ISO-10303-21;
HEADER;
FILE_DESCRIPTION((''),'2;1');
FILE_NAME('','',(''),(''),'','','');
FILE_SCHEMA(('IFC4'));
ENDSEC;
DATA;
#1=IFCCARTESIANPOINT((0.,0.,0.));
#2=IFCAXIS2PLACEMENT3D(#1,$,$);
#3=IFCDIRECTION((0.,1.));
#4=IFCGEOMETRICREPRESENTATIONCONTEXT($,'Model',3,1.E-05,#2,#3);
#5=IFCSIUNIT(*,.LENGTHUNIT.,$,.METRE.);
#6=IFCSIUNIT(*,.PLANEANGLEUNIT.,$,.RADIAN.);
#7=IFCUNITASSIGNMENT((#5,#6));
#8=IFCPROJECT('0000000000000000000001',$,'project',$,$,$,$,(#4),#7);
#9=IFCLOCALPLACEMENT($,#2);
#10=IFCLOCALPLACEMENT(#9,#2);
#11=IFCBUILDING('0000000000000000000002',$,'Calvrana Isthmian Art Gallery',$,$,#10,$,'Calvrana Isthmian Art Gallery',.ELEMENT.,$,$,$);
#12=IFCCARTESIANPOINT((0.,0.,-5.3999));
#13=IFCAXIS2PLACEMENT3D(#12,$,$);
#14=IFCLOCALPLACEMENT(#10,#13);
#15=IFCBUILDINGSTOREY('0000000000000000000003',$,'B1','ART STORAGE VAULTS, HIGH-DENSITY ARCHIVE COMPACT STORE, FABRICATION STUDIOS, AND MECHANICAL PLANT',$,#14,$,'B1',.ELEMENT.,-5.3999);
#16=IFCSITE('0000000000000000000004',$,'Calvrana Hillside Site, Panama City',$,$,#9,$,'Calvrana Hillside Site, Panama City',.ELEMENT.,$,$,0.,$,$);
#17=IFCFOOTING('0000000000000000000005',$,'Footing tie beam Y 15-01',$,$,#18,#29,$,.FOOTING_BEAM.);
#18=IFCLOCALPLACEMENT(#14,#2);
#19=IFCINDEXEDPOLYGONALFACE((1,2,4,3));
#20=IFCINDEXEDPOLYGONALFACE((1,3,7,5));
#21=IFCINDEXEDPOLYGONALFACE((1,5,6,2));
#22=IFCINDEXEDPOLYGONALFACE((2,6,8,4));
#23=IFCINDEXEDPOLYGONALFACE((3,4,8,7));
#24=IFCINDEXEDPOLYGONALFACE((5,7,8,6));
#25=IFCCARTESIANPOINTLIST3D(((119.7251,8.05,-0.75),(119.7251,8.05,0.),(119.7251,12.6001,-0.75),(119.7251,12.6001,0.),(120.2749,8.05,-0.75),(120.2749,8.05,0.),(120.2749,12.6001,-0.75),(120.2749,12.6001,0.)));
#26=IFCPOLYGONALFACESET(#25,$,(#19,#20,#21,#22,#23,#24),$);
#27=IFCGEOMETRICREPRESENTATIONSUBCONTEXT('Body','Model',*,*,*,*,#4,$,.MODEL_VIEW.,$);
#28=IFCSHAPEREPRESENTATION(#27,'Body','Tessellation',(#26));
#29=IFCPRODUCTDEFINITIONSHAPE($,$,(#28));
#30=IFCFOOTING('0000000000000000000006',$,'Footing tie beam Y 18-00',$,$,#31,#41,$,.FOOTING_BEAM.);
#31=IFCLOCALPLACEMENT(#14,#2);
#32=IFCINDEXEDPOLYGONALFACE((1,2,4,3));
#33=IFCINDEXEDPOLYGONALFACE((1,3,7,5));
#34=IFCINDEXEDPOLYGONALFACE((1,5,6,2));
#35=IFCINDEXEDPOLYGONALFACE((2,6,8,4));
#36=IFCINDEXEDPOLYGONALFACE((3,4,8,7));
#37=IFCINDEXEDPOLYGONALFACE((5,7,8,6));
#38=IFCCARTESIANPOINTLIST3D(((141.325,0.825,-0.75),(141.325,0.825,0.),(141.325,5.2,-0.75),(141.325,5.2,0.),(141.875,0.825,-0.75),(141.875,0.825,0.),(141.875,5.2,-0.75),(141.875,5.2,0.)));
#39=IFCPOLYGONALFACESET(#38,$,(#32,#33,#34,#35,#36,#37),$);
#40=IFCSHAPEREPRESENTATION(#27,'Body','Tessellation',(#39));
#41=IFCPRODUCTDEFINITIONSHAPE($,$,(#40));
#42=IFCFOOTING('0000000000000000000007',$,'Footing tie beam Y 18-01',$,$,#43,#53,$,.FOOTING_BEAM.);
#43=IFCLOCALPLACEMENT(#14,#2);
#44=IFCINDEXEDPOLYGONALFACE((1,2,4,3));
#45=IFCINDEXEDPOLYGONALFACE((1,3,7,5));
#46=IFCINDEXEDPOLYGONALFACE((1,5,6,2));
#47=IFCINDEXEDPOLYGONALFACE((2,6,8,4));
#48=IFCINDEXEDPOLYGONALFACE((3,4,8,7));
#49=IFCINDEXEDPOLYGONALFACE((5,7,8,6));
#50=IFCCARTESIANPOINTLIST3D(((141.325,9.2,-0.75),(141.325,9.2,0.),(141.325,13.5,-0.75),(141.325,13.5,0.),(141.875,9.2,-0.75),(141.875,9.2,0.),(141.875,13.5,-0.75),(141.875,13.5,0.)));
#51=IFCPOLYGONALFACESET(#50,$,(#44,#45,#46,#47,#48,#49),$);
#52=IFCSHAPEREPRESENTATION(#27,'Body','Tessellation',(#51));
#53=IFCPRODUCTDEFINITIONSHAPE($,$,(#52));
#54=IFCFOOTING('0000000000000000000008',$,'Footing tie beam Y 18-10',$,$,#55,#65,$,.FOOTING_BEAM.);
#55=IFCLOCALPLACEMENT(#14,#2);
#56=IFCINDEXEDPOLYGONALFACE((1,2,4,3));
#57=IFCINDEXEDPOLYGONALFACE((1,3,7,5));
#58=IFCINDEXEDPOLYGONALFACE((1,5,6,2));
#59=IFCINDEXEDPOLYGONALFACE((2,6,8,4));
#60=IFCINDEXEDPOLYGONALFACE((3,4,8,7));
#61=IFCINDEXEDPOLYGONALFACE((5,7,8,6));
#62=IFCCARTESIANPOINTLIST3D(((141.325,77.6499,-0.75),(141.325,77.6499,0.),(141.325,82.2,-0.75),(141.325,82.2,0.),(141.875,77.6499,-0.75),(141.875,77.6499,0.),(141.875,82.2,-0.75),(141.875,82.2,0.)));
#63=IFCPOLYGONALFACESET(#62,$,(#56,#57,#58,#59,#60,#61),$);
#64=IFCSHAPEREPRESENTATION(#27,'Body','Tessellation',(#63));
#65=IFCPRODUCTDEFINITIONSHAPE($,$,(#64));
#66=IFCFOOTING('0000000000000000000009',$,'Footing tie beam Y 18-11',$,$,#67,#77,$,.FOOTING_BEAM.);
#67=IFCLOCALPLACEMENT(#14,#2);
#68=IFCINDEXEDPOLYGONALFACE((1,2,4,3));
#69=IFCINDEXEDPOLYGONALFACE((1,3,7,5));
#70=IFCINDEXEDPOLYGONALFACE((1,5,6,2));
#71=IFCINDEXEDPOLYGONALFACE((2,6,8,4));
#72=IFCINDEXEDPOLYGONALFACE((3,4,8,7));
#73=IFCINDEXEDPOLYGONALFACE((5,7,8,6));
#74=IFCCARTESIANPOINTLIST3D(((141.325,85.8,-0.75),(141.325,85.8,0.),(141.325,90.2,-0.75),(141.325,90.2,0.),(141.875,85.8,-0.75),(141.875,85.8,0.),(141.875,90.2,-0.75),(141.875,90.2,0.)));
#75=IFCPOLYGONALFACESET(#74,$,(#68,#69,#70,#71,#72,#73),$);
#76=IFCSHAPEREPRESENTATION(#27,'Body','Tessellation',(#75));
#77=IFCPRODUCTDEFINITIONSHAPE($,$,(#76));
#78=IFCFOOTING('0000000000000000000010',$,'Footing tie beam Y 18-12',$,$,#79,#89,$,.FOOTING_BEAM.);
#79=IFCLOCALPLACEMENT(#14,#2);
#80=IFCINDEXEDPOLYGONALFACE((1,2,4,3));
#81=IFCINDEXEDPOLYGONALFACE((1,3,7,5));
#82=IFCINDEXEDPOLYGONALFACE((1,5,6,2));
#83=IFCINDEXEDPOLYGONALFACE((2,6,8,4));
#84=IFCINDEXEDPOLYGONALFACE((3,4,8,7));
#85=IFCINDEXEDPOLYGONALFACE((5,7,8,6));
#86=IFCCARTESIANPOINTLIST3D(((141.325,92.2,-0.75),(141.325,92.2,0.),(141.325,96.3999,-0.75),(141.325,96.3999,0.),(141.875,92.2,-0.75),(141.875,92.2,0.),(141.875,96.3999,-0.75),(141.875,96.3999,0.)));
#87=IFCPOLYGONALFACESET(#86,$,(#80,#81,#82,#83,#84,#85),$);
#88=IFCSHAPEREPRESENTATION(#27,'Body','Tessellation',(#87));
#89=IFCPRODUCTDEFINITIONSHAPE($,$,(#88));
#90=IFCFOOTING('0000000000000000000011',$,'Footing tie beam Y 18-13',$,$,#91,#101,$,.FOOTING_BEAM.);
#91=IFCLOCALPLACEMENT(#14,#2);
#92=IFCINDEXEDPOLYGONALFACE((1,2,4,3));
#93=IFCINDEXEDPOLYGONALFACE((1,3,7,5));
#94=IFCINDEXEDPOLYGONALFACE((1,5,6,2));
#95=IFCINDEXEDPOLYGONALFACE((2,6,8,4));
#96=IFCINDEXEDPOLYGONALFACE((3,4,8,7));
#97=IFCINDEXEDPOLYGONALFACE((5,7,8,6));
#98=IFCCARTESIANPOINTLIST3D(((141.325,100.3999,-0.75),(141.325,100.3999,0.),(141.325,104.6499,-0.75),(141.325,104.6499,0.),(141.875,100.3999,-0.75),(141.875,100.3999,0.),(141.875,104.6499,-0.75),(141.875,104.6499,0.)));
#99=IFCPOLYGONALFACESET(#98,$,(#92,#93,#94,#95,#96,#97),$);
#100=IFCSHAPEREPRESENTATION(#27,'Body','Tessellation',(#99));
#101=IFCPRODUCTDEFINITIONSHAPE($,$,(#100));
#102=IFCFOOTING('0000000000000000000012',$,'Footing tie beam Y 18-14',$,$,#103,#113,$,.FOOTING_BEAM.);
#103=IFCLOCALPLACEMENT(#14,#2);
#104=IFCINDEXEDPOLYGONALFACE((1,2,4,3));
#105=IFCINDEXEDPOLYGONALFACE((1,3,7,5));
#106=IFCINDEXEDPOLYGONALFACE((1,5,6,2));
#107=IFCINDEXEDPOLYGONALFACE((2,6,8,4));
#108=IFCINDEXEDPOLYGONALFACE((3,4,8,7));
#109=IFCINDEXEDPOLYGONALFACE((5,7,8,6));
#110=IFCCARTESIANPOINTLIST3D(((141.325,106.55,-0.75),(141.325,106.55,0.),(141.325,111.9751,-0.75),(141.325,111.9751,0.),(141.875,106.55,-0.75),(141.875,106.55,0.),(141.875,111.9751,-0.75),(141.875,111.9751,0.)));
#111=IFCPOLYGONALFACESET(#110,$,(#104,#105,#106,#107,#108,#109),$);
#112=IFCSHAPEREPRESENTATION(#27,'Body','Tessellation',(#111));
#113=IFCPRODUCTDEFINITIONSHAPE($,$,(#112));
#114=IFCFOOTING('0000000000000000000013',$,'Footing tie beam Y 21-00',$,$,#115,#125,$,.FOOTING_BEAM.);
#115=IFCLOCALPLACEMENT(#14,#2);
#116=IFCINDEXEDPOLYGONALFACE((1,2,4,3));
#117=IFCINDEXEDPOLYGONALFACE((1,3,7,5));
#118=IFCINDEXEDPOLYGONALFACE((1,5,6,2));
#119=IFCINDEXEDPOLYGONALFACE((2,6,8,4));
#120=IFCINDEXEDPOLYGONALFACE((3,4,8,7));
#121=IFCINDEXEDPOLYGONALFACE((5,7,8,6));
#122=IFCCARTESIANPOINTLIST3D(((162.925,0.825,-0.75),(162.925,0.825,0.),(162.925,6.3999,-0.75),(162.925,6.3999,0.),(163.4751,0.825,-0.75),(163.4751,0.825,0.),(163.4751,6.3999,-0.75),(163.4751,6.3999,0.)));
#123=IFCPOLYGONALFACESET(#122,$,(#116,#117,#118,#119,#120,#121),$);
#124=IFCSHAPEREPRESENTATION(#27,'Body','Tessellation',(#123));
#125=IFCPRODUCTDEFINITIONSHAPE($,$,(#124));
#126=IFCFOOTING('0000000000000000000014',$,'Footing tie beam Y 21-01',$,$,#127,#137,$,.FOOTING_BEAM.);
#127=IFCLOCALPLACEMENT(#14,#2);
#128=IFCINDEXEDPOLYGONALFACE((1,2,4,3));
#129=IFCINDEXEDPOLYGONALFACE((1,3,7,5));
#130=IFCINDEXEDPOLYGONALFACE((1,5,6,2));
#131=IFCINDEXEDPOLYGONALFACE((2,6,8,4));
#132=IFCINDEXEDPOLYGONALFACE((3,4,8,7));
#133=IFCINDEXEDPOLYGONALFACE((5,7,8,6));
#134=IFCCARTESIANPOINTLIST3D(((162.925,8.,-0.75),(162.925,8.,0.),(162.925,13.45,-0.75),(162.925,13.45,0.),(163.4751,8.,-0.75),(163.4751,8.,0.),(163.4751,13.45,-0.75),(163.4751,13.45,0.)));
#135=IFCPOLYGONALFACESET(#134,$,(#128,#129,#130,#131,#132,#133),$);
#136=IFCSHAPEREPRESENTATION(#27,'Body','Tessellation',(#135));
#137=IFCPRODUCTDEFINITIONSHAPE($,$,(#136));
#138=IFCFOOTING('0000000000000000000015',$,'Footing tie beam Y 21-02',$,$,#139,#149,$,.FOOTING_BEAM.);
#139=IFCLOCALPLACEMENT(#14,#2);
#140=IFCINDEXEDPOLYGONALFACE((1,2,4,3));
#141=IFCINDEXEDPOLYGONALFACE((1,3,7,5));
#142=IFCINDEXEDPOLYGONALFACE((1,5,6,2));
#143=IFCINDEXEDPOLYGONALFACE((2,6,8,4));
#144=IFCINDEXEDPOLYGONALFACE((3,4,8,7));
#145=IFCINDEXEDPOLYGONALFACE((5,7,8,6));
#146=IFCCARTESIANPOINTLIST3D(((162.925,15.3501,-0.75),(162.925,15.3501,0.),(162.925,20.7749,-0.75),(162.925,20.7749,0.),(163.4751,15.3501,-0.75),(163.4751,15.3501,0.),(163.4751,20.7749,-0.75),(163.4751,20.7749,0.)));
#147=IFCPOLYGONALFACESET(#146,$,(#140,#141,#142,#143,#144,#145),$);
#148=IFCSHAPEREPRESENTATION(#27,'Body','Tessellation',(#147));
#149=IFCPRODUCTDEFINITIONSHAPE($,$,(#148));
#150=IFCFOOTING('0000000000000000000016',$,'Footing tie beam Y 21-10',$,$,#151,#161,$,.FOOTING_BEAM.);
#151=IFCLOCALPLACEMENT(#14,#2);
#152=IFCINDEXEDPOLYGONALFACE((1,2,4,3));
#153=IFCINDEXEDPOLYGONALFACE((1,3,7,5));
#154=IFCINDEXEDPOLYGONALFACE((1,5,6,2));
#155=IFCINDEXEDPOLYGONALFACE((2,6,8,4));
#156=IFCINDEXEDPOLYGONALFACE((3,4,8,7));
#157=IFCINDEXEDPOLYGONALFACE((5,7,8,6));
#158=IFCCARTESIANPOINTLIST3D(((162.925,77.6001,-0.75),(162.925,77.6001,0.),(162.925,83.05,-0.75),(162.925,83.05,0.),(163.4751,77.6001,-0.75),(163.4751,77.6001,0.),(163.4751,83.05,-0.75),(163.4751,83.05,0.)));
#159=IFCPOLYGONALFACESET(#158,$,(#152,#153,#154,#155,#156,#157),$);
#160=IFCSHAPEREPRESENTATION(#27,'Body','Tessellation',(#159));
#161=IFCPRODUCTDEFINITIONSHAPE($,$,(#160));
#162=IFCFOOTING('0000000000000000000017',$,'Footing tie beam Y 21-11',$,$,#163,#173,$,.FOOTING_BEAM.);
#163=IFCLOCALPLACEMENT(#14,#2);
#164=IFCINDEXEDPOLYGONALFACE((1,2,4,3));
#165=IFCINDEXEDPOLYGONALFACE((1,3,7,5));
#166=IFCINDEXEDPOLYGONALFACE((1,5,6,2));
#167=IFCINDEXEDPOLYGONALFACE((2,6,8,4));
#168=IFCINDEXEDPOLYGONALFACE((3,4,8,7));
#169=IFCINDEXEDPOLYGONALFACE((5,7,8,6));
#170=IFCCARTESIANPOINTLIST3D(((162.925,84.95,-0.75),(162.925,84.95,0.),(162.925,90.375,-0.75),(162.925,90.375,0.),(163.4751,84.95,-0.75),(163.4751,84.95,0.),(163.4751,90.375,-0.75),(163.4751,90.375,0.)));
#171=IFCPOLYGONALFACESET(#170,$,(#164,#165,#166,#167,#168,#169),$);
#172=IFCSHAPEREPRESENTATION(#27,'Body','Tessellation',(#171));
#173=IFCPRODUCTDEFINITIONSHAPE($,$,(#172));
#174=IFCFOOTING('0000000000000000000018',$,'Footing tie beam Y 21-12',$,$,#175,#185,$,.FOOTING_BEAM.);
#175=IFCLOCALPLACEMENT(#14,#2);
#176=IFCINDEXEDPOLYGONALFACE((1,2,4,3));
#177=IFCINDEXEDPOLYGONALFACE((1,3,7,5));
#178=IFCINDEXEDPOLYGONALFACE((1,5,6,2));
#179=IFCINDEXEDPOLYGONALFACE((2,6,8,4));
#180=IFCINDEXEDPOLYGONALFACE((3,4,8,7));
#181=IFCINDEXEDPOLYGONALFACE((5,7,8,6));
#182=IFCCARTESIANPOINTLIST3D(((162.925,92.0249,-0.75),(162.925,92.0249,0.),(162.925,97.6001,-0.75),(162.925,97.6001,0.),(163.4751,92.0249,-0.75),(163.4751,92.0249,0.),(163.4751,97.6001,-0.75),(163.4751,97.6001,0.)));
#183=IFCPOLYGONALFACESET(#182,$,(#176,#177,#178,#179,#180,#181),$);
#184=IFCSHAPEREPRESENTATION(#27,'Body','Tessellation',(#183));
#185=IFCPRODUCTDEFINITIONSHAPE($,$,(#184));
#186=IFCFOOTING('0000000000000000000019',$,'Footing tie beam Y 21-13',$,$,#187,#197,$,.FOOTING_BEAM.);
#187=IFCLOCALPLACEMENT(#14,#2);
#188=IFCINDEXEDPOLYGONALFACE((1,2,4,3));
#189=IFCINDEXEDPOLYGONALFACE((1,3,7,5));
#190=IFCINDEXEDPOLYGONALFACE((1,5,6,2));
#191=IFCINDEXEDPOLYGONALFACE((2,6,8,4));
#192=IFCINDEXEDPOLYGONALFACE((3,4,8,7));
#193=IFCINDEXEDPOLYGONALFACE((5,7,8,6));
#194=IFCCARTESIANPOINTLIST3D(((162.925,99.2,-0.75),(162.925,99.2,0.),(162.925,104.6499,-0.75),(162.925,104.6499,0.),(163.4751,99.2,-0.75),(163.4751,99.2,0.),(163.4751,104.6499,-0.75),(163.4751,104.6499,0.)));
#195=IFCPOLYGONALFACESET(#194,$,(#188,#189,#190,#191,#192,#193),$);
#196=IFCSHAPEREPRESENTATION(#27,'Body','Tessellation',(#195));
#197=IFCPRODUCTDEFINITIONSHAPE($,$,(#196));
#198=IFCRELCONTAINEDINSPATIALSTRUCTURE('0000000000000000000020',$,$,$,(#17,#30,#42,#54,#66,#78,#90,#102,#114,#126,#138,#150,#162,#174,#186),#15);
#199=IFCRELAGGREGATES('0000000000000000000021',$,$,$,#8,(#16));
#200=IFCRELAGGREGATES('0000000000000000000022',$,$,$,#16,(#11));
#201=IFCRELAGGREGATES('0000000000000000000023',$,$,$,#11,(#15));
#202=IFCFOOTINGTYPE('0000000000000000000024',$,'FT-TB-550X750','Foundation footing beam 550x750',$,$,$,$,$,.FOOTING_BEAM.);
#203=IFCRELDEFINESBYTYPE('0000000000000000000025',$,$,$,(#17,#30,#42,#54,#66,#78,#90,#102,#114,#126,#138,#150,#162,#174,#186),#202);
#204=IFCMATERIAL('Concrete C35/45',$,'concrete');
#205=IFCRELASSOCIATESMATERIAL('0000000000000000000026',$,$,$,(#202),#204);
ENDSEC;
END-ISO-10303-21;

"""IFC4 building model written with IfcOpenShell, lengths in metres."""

from ifc_helpers import new_model, si_unit, direction, frame, origin, place, context, subcontext, project, spatial, polyline, outline, extrude, material, type_object, element, save


model = new_model("IFC4")

# Units and contexts
model_context = context("Model", 3, precision=1e-05, world=origin(), true_north=direction((0.0, 1.0)))
body_context = subcontext(model_context, "Body", "Model", "MODEL_VIEW")
ifc_project = project(units=[si_unit("LENGTHUNIT", "METRE"), si_unit("PLANEANGLEUNIT", "RADIAN")], contexts=[model_context])

# Site, building, storey
site_placement = place(None, origin())
site = spatial("IfcSite", under=ifc_project, at=site_placement, Name="Calvrana Hillside Site, Panama City", LongName="Calvrana Hillside Site, Panama City", CompositionType="ELEMENT", RefElevation=0.0)
building_placement = place(site_placement, origin())
building = spatial("IfcBuilding", under=site, at=building_placement, Name="Calvrana Isthmian Art Gallery", LongName="Calvrana Isthmian Art Gallery", CompositionType="ELEMENT")
storey_placement = place(building_placement, frame((0.0, 0.0, -5.3999)))
storey = spatial("IfcBuildingStorey", under=building, at=storey_placement, Name="B1", Description="ART STORAGE VAULTS, HIGH-DENSITY ARCHIVE COMPACT STORE, FABRICATION STUDIOS, AND MECHANICAL PLANT", LongName="B1", CompositionType="ELEMENT", Elevation=-5.3999)

# Footings
ifc_material = material(Name="Concrete C35/45", Category="concrete")
footing_type_1 = type_object("IfcFootingType", Name="FT-TB-550X750", Description="Foundation footing beam 550x750", PredefinedType="FOOTING_BEAM", material=ifc_material)
footing_1_placement = place(storey_placement, frame((0.0, 0.0, -0.75)))
element("IfcFooting", 1, at=footing_1_placement, inside=storey, type_object=footing_type_1, Name="Footing tie beam Y 15-01", PredefinedType="FOOTING_BEAM", context=body_context, shape_type="SweptSolid", body=[
    extrude(outline(polyline([(119.7251, 8.05), (120.2749, 8.05), (120.2749, 12.6001), (119.7251, 12.6001), (119.7251, 8.05)])), origin(), (0.0, 0.0, 1.0), 0.75),
])
footing_2_placement = place(storey_placement, frame((0.0, 0.0, -0.75)))
element("IfcFooting", 2, at=footing_2_placement, inside=storey, type_object=footing_type_1, Name="Footing tie beam Y 18-00", PredefinedType="FOOTING_BEAM", context=body_context, shape_type="SweptSolid", body=[
    extrude(outline(polyline([(141.325, 0.825), (141.875, 0.825), (141.875, 5.2), (141.325, 5.2), (141.325, 0.825)])), origin(), (0.0, 0.0, 1.0), 0.75),
])
footing_3_placement = place(storey_placement, frame((0.0, 0.0, -0.75)))
element("IfcFooting", 3, at=footing_3_placement, inside=storey, type_object=footing_type_1, Name="Footing tie beam Y 18-01", PredefinedType="FOOTING_BEAM", context=body_context, shape_type="SweptSolid", body=[
    extrude(outline(polyline([(141.325, 9.2), (141.875, 9.2), (141.875, 13.5), (141.325, 13.5), (141.325, 9.2)])), origin(), (0.0, 0.0, 1.0), 0.75),
])
footing_4_placement = place(storey_placement, frame((0.0, 0.0, -0.75)))
element("IfcFooting", 4, at=footing_4_placement, inside=storey, type_object=footing_type_1, Name="Footing tie beam Y 18-10", PredefinedType="FOOTING_BEAM", context=body_context, shape_type="SweptSolid", body=[
    extrude(outline(polyline([(141.325, 77.6499), (141.875, 77.6499), (141.875, 82.2), (141.325, 82.2), (141.325, 77.6499)])), origin(), (0.0, 0.0, 1.0), 0.75),
])
footing_5_placement = place(storey_placement, frame((0.0, 0.0, -0.75)))
element("IfcFooting", 5, at=footing_5_placement, inside=storey, type_object=footing_type_1, Name="Footing tie beam Y 18-11", PredefinedType="FOOTING_BEAM", context=body_context, shape_type="SweptSolid", body=[
    extrude(outline(polyline([(141.325, 85.8), (141.875, 85.8), (141.875, 90.2), (141.325, 90.2), (141.325, 85.8)])), origin(), (0.0, 0.0, 1.0), 0.75),
])
footing_6_placement = place(storey_placement, frame((0.0, 0.0, -0.75)))
element("IfcFooting", 6, at=footing_6_placement, inside=storey, type_object=footing_type_1, Name="Footing tie beam Y 18-12", PredefinedType="FOOTING_BEAM", context=body_context, shape_type="SweptSolid", body=[
    extrude(outline(polyline([(141.325, 92.2), (141.875, 92.2), (141.875, 96.3999), (141.325, 96.3999), (141.325, 92.2)])), origin(), (0.0, 0.0, 1.0), 0.75),
])
footing_7_placement = place(storey_placement, frame((0.0, 0.0, -0.75)))
element("IfcFooting", 7, at=footing_7_placement, inside=storey, type_object=footing_type_1, Name="Footing tie beam Y 18-13", PredefinedType="FOOTING_BEAM", context=body_context, shape_type="SweptSolid", body=[
    extrude(outline(polyline([(141.325, 100.3999), (141.875, 100.3999), (141.875, 104.6499), (141.325, 104.6499), (141.325, 100.3999)])), origin(), (0.0, 0.0, 1.0), 0.75),
])
footing_8_placement = place(storey_placement, frame((0.0, 0.0, -0.75)))
element("IfcFooting", 8, at=footing_8_placement, inside=storey, type_object=footing_type_1, Name="Footing tie beam Y 18-14", PredefinedType="FOOTING_BEAM", context=body_context, shape_type="SweptSolid", body=[
    extrude(outline(polyline([(141.325, 106.55), (141.875, 106.55), (141.875, 111.9751), (141.325, 111.9751), (141.325, 106.55)])), origin(), (0.0, 0.0, 1.0), 0.75),
])
footing_9_placement = place(storey_placement, frame((0.0, 0.0, -0.75)))
element("IfcFooting", 9, at=footing_9_placement, inside=storey, type_object=footing_type_1, Name="Footing tie beam Y 21-00", PredefinedType="FOOTING_BEAM", context=body_context, shape_type="SweptSolid", body=[
    extrude(outline(polyline([(162.925, 0.825), (163.4751, 0.825), (163.4751, 6.3999), (162.925, 6.3999), (162.925, 0.825)])), origin(), (0.0, 0.0, 1.0), 0.75),
])
footing_10_placement = place(storey_placement, frame((0.0, 0.0, -0.75)))
element("IfcFooting", 10, at=footing_10_placement, inside=storey, type_object=footing_type_1, Name="Footing tie beam Y 21-01", PredefinedType="FOOTING_BEAM", context=body_context, shape_type="SweptSolid", body=[
    extrude(outline(polyline([(162.925, 8.0), (163.4751, 8.0), (163.4751, 13.45), (162.925, 13.45), (162.925, 8.0)])), origin(), (0.0, 0.0, 1.0), 0.75),
])
footing_11_placement = place(storey_placement, frame((0.0, 0.0, -0.75)))
element("IfcFooting", 11, at=footing_11_placement, inside=storey, type_object=footing_type_1, Name="Footing tie beam Y 21-02", PredefinedType="FOOTING_BEAM", context=body_context, shape_type="SweptSolid", body=[
    extrude(outline(polyline([(162.925, 15.3501), (163.4751, 15.3501), (163.4751, 20.7749), (162.925, 20.7749), (162.925, 15.3501)])), origin(), (0.0, 0.0, 1.0), 0.75),
])
footing_12_placement = place(storey_placement, frame((0.0, 0.0, -0.75)))
element("IfcFooting", 12, at=footing_12_placement, inside=storey, type_object=footing_type_1, Name="Footing tie beam Y 21-10", PredefinedType="FOOTING_BEAM", context=body_context, shape_type="SweptSolid", body=[
    extrude(outline(polyline([(162.925, 77.6001), (163.4751, 77.6001), (163.4751, 83.05), (162.925, 83.05), (162.925, 77.6001)])), origin(), (0.0, 0.0, 1.0), 0.75),
])
footing_13_placement = place(storey_placement, frame((0.0, 0.0, -0.75)))
element("IfcFooting", 13, at=footing_13_placement, inside=storey, type_object=footing_type_1, Name="Footing tie beam Y 21-11", PredefinedType="FOOTING_BEAM", context=body_context, shape_type="SweptSolid", body=[
    extrude(outline(polyline([(162.925, 84.95), (163.4751, 84.95), (163.4751, 90.375), (162.925, 90.375), (162.925, 84.95)])), origin(), (0.0, 0.0, 1.0), 0.75),
])
footing_14_placement = place(storey_placement, frame((0.0, 0.0, -0.75)))
element("IfcFooting", 14, at=footing_14_placement, inside=storey, type_object=footing_type_1, Name="Footing tie beam Y 21-12", PredefinedType="FOOTING_BEAM", context=body_context, shape_type="SweptSolid", body=[
    extrude(outline(polyline([(162.925, 92.0249), (163.4751, 92.0249), (163.4751, 97.6001), (162.925, 97.6001), (162.925, 92.0249)])), origin(), (0.0, 0.0, 1.0), 0.75),
])
footing_15_placement = place(storey_placement, frame((0.0, 0.0, -0.75)))
element("IfcFooting", 15, at=footing_15_placement, inside=storey, type_object=footing_type_1, Name="Footing tie beam Y 21-13", PredefinedType="FOOTING_BEAM", context=body_context, shape_type="SweptSolid", body=[
    extrude(outline(polyline([(162.925, 99.2), (163.4751, 99.2), (163.4751, 104.6499), (162.925, 104.6499), (162.925, 99.2)])), origin(), (0.0, 0.0, 1.0), 0.75),
])

save(model, "model.ifc")
